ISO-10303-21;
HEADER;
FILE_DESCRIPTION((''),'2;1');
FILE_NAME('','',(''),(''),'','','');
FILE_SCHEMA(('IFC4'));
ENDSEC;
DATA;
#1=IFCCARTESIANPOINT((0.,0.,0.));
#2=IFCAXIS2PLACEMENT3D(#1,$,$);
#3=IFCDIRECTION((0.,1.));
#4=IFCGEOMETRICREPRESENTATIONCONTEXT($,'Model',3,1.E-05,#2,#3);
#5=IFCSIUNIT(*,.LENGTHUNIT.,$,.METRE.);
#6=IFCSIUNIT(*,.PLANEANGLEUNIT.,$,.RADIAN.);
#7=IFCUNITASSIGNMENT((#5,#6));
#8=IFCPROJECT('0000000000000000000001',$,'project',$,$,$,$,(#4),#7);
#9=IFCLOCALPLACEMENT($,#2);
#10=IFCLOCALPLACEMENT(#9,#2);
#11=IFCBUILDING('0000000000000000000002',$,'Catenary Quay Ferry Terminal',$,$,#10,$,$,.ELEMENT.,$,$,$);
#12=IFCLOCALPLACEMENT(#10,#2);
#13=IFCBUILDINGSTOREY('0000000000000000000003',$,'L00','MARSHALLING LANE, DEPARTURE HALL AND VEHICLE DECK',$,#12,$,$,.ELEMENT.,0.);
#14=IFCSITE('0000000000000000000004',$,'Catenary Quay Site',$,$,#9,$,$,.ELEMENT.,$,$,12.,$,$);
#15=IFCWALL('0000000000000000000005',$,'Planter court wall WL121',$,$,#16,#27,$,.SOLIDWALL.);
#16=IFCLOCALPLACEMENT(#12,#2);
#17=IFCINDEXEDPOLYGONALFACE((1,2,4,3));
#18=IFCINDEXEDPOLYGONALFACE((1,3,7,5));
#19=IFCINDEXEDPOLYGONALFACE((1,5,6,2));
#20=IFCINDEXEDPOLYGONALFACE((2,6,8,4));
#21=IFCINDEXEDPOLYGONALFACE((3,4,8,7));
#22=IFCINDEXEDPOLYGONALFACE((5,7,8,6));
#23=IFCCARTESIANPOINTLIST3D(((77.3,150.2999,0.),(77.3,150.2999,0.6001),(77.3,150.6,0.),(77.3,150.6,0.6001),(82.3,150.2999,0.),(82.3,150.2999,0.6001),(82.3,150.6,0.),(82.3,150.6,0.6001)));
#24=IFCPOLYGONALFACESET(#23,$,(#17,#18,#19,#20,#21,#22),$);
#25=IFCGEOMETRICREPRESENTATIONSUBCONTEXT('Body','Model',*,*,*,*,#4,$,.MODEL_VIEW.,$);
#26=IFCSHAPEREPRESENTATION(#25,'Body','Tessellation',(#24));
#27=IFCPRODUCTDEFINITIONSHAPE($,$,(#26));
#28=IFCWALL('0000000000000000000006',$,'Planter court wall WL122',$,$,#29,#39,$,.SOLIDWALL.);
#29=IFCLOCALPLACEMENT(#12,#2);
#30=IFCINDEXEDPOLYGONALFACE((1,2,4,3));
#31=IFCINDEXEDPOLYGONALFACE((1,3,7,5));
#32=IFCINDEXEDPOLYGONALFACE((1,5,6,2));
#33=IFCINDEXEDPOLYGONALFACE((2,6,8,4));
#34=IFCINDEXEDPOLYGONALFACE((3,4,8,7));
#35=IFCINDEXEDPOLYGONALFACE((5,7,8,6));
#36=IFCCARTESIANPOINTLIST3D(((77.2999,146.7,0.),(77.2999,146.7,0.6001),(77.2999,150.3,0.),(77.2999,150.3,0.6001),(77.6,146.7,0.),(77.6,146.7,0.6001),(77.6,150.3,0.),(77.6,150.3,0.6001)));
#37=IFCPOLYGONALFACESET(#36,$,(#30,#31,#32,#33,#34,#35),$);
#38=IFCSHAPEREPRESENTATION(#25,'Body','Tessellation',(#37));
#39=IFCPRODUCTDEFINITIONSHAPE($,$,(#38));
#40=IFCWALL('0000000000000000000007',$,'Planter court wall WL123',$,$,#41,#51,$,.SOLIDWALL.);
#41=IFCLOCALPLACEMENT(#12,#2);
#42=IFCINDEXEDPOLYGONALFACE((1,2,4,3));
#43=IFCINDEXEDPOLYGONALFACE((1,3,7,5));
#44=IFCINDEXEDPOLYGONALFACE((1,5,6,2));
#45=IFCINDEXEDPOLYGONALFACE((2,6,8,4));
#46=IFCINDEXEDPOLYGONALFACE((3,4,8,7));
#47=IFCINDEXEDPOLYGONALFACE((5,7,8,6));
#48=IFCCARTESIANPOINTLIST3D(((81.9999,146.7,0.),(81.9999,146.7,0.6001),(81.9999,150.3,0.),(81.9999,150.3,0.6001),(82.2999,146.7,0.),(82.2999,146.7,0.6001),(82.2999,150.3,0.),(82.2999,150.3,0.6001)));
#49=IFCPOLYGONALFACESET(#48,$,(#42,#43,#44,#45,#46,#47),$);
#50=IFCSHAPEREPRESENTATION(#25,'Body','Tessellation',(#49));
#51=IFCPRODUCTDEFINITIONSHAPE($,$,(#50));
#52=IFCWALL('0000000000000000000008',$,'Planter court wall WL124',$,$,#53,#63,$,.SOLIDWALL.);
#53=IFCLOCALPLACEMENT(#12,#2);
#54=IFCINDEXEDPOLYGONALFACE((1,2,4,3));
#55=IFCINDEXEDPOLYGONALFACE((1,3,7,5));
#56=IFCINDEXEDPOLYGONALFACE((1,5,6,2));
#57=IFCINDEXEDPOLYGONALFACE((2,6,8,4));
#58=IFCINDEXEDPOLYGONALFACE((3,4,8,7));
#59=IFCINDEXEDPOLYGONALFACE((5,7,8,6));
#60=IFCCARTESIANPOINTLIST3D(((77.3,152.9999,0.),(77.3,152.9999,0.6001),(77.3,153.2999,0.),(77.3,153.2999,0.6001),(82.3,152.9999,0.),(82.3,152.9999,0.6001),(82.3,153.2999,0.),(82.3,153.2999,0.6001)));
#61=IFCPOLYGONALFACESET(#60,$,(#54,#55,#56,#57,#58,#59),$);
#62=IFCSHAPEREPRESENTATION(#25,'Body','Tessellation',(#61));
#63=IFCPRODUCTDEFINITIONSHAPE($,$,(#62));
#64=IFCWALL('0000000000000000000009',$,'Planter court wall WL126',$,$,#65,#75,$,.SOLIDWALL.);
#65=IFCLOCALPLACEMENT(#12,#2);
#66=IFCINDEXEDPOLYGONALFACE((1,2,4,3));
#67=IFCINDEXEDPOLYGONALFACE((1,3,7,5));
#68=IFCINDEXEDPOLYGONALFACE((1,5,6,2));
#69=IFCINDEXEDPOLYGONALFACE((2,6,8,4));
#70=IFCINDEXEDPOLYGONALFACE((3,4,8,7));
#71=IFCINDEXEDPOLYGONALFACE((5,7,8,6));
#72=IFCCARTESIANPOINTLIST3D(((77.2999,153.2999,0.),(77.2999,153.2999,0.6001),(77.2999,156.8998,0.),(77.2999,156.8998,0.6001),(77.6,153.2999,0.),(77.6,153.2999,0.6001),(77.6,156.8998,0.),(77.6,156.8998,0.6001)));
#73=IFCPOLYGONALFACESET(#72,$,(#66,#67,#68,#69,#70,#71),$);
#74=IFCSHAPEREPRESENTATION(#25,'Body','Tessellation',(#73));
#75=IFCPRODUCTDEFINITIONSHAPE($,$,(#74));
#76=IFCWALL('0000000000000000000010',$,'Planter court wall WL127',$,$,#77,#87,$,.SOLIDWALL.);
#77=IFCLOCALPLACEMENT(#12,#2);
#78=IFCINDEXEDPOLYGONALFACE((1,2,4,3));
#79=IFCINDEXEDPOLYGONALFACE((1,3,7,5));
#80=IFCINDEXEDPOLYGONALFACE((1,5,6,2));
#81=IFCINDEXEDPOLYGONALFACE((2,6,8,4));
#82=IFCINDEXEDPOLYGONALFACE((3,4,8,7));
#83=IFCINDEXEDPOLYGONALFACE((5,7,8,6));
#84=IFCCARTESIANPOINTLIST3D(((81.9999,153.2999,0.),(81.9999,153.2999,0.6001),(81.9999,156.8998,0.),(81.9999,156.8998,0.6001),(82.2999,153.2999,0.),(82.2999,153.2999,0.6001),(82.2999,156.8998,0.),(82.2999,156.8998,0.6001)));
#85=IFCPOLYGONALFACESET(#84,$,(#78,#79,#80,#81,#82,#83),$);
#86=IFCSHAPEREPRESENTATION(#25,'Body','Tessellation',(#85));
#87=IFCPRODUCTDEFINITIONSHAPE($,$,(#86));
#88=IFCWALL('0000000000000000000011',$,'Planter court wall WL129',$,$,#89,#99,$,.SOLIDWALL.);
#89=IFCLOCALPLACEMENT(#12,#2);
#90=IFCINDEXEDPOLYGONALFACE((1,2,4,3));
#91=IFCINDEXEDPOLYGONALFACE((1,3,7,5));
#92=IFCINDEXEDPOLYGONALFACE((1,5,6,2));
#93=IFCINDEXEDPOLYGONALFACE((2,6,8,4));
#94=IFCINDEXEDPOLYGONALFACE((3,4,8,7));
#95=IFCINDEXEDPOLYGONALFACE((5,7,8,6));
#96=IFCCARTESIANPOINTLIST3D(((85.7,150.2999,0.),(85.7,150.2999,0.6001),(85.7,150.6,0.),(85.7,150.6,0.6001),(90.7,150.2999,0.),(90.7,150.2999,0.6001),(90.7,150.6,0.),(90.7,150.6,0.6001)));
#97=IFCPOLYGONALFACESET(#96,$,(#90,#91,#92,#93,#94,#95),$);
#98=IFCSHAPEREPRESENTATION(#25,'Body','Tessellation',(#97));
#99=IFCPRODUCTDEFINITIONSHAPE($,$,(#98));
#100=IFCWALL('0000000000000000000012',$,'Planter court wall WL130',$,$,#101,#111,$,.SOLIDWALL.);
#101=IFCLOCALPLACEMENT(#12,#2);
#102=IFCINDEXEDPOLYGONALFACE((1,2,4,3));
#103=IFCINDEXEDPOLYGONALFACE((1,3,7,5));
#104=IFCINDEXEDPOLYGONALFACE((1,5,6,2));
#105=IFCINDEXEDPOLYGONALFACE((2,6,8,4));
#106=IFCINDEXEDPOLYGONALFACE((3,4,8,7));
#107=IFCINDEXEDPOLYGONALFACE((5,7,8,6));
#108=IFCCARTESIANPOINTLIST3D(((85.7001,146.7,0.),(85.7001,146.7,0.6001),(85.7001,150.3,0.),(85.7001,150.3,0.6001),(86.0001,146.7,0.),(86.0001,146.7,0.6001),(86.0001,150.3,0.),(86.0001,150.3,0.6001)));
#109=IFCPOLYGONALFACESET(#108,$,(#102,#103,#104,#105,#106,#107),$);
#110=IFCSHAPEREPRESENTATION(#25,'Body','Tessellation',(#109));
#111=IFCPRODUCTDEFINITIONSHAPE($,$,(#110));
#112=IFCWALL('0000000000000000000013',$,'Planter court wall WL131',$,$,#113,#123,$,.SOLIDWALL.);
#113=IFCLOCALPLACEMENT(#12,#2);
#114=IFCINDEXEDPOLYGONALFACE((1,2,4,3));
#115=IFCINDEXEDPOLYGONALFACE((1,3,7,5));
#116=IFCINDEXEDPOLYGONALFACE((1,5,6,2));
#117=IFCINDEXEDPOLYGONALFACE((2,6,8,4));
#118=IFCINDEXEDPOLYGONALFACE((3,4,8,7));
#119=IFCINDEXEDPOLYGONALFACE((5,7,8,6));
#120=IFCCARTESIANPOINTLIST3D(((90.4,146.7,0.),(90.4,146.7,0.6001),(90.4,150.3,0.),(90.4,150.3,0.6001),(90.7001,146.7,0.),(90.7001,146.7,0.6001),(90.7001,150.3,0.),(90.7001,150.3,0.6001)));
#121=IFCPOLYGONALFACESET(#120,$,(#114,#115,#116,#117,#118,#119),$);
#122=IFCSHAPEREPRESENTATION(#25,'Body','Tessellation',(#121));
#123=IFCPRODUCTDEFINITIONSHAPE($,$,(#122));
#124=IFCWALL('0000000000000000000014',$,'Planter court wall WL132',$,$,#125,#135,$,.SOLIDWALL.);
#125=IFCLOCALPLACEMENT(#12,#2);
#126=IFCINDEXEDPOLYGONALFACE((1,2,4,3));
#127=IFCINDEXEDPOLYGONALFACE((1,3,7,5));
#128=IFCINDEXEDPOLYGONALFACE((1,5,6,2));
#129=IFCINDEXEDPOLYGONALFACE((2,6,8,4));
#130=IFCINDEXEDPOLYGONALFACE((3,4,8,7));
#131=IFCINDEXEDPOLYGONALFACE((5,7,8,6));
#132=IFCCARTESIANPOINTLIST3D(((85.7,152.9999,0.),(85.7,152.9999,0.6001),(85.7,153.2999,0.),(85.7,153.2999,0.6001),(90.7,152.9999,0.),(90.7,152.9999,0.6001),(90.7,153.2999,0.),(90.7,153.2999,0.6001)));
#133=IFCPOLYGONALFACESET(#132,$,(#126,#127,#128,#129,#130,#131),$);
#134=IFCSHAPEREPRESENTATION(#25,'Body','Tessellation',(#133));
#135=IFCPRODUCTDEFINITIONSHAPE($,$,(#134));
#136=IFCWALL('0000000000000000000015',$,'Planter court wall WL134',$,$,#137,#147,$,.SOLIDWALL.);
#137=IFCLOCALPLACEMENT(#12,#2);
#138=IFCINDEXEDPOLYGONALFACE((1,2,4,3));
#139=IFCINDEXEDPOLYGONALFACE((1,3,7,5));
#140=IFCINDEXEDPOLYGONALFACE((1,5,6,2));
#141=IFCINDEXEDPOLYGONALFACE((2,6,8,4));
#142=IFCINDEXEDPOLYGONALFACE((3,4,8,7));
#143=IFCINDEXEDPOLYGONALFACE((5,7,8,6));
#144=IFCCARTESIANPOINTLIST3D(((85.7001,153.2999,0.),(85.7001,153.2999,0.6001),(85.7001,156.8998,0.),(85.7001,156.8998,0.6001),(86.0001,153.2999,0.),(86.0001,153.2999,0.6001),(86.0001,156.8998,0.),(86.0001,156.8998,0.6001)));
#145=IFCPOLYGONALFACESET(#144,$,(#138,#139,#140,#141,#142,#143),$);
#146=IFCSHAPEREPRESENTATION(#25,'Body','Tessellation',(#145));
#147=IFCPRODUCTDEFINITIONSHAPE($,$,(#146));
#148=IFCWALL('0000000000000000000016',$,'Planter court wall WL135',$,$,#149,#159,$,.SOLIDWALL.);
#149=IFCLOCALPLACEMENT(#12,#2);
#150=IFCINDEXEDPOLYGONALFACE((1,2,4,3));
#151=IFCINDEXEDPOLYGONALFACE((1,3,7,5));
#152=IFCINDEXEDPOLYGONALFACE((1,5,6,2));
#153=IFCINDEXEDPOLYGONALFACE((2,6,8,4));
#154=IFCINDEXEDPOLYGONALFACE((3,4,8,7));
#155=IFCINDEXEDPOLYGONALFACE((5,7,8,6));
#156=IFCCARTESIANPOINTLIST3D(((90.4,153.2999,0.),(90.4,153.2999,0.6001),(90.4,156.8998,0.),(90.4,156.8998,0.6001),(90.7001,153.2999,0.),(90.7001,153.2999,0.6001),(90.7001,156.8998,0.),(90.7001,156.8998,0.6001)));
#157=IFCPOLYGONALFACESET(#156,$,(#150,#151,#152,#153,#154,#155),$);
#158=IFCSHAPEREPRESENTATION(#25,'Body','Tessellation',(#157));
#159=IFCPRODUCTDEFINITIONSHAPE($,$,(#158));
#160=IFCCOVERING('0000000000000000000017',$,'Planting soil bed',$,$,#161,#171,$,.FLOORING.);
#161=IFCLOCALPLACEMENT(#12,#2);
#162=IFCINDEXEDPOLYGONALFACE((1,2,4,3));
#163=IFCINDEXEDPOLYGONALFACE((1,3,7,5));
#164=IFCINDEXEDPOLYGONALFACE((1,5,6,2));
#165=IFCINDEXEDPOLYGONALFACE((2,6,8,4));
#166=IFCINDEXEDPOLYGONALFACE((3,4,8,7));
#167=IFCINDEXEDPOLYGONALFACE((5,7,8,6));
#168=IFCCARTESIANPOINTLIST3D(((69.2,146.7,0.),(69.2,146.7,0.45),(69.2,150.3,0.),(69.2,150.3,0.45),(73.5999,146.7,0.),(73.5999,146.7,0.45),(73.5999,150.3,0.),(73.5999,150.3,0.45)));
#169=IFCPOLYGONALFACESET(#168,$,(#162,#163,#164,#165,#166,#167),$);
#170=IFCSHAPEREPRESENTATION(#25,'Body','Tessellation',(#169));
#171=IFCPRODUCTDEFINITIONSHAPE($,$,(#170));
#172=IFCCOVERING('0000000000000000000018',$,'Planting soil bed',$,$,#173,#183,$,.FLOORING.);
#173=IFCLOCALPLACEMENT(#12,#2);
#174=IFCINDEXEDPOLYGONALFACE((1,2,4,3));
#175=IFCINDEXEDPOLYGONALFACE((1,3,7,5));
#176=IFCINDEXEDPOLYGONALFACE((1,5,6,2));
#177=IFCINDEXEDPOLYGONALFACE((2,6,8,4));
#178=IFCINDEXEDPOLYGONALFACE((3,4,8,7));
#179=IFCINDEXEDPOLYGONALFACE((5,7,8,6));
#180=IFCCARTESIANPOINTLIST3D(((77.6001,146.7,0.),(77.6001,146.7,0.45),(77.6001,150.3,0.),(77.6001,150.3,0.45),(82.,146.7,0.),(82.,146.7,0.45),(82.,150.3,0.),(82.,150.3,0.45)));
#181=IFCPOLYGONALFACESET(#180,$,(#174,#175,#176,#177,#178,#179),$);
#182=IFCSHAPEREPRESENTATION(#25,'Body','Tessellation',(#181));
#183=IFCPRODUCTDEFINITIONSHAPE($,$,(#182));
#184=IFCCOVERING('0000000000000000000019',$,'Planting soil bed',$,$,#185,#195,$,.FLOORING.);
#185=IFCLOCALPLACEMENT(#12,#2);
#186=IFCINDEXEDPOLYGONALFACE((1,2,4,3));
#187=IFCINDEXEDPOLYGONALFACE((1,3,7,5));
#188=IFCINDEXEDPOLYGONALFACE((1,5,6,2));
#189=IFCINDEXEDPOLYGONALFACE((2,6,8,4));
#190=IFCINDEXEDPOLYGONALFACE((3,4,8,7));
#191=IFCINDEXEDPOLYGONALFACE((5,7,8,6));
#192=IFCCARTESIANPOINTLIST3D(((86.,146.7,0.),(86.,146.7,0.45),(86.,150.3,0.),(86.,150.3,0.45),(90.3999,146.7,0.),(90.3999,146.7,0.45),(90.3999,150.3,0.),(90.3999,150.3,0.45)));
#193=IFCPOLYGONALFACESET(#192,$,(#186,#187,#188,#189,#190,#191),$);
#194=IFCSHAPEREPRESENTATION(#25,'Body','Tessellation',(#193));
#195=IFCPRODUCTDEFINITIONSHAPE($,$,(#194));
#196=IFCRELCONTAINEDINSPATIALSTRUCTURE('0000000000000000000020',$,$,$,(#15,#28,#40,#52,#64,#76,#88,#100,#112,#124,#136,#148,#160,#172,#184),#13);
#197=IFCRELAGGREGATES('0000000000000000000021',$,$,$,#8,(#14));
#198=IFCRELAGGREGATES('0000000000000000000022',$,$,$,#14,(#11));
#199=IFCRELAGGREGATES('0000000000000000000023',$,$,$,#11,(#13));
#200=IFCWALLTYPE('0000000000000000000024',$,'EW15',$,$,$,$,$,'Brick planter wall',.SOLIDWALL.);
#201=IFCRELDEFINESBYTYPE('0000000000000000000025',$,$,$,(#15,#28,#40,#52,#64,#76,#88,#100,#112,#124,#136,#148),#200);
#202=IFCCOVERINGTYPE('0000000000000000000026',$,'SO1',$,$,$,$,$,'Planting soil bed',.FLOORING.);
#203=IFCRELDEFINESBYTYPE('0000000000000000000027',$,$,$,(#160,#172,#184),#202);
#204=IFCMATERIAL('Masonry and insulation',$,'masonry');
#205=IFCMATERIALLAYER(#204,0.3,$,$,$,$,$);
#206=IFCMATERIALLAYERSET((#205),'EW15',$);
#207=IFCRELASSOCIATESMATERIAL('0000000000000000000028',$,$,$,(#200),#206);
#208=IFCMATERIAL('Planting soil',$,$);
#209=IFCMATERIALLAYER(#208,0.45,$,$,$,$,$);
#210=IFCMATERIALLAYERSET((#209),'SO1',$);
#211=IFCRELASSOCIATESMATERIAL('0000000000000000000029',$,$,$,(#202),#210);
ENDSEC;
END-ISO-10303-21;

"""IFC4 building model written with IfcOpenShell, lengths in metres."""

from ifc_helpers import new_model, si_unit, direction, frame, frame_2d, origin, origin_2d, place, context, subcontext, project, spatial, rectangle, extrude, material, layer, layer_set, type_object, element, save


model = new_model("IFC4")

# Units and contexts
model_context = context("Model", 3, precision=1e-05, world=origin(), true_north=direction((0.0, 1.0)))
body_context = subcontext(model_context, "Body", "Model", "MODEL_VIEW")
ifc_project = project(units=[si_unit("LENGTHUNIT", "METRE"), si_unit("PLANEANGLEUNIT", "RADIAN")], contexts=[model_context])

# Site, building, storey
site_placement = place(None, origin())
site = spatial("IfcSite", under=ifc_project, at=site_placement, Name="Catenary Quay Site", CompositionType="ELEMENT", RefElevation=12.0)
building_placement = place(site_placement, origin())
building = spatial("IfcBuilding", under=site, at=building_placement, Name="Catenary Quay Ferry Terminal", CompositionType="ELEMENT")
storey_placement = place(building_placement, origin())
storey = spatial("IfcBuildingStorey", under=building, at=storey_placement, Name="L00", Description="MARSHALLING LANE, DEPARTURE HALL AND VEHICLE DECK", CompositionType="ELEMENT", Elevation=0.0)

# Walls
ifc_material_1 = material(Name="Masonry and insulation", Category="masonry")
ifc_layer_1 = layer(ifc_material_1, 0.3)
ifc_layer_set_1 = layer_set([ifc_layer_1], Name="EW15")
wall_type = type_object("IfcWallType", Name="EW15", ElementType="Brick planter wall", PredefinedType="SOLIDWALL", material=ifc_layer_set_1)
wall_1_placement = place(storey_placement, frame((77.3, 150.45, 0.0), z_axis=(0.0, 0.0, 1.0), x_axis=(1.0, 0.0, 0.0)))
element("IfcWall", 1, at=wall_1_placement, inside=storey, type_object=wall_type, Name="Planter court wall WL121", PredefinedType="SOLIDWALL", context=body_context, shape_type="SweptSolid", body=[
    extrude(rectangle(XDim=5.0, YDim=0.3, at=frame_2d((2.5, 0.0))), origin(), (0.0, 0.0, 1.0), 0.6001),
])
for number, where, z_axis, x_axis, name in (
    (2, (77.45, 146.7, 0.0), (0.0, 0.0, 1.0), (0.0, 1.0, 0.0), "Planter court wall WL122"),
    (3, (82.1499, 146.7, 0.0), (0.0, 0.0, 1.0), (0.0, 1.0, 0.0), "Planter court wall WL123"),
):
    element("IfcWall", number, at=place(storey_placement, frame(where, z_axis=z_axis, x_axis=x_axis)), inside=storey, type_object=wall_type, Name=name, PredefinedType="SOLIDWALL", context=body_context, shape_type="SweptSolid", body=[
        extrude(rectangle(XDim=3.6001, YDim=0.3, at=frame_2d((1.8, 0.0))), origin(), (0.0, 0.0, 1.0), 0.6001),
    ])
wall_2_placement = place(storey_placement, frame((77.3, 153.1499, 0.0), z_axis=(0.0, 0.0, 1.0), x_axis=(1.0, 0.0, 0.0)))
element("IfcWall", 4, at=wall_2_placement, inside=storey, type_object=wall_type, Name="Planter court wall WL124", PredefinedType="SOLIDWALL", context=body_context, shape_type="SweptSolid", body=[
    extrude(rectangle(XDim=5.0, YDim=0.3, at=frame_2d((2.5, 0.0))), origin(), (0.0, 0.0, 1.0), 0.6001),
])
for number, where, z_axis, x_axis, name in (
    (5, (77.45, 153.3, 0.0), (0.0, 0.0, 1.0), (0.0, 1.0, 0.0), "Planter court wall WL126"),
    (6, (82.1499, 153.3, 0.0), (0.0, 0.0, 1.0), (0.0, 1.0, 0.0), "Planter court wall WL127"),
):
    element("IfcWall", number, at=place(storey_placement, frame(where, z_axis=z_axis, x_axis=x_axis)), inside=storey, type_object=wall_type, Name=name, PredefinedType="SOLIDWALL", context=body_context, shape_type="SweptSolid", body=[
        extrude(rectangle(XDim=3.5999, YDim=0.3, at=frame_2d((1.7998, 0.0))), origin(), (0.0, 0.0, 1.0), 0.6001),
    ])
wall_3_placement = place(storey_placement, frame((85.7, 150.45, 0.0), z_axis=(0.0, 0.0, 1.0), x_axis=(1.0, 0.0, 0.0)))
element("IfcWall", 7, at=wall_3_placement, inside=storey, type_object=wall_type, Name="Planter court wall WL129", PredefinedType="SOLIDWALL", context=body_context, shape_type="SweptSolid", body=[
    extrude(rectangle(XDim=5.0, YDim=0.3, at=frame_2d((2.5, 0.0))), origin(), (0.0, 0.0, 1.0), 0.6001),
])
for number, where, z_axis, x_axis, name in (
    (8, (85.8501, 146.7, 0.0), (0.0, 0.0, 1.0), (0.0, 1.0, 0.0), "Planter court wall WL130"),
    (9, (90.55, 146.7, 0.0), (0.0, 0.0, 1.0), (0.0, 1.0, 0.0), "Planter court wall WL131"),
):
    element("IfcWall", number, at=place(storey_placement, frame(where, z_axis=z_axis, x_axis=x_axis)), inside=storey, type_object=wall_type, Name=name, PredefinedType="SOLIDWALL", context=body_context, shape_type="SweptSolid", body=[
        extrude(rectangle(XDim=3.6001, YDim=0.3, at=frame_2d((1.8, 0.0))), origin(), (0.0, 0.0, 1.0), 0.6001),
    ])
wall_4_placement = place(storey_placement, frame((85.7, 153.1499, 0.0), z_axis=(0.0, 0.0, 1.0), x_axis=(1.0, 0.0, 0.0)))
element("IfcWall", 10, at=wall_4_placement, inside=storey, type_object=wall_type, Name="Planter court wall WL132", PredefinedType="SOLIDWALL", context=body_context, shape_type="SweptSolid", body=[
    extrude(rectangle(XDim=5.0, YDim=0.3, at=frame_2d((2.5, 0.0))), origin(), (0.0, 0.0, 1.0), 0.6001),
])
for number, where, z_axis, x_axis, name in (
    (11, (85.8501, 153.3, 0.0), (0.0, 0.0, 1.0), (0.0, 1.0, 0.0), "Planter court wall WL134"),
    (12, (90.55, 153.3, 0.0), (0.0, 0.0, 1.0), (0.0, 1.0, 0.0), "Planter court wall WL135"),
):
    element("IfcWall", number, at=place(storey_placement, frame(where, z_axis=z_axis, x_axis=x_axis)), inside=storey, type_object=wall_type, Name=name, PredefinedType="SOLIDWALL", context=body_context, shape_type="SweptSolid", body=[
        extrude(rectangle(XDim=3.5999, YDim=0.3, at=frame_2d((1.7998, 0.0))), origin(), (0.0, 0.0, 1.0), 0.6001),
    ])

# Coverings
ifc_material_2 = material(Name="Planting soil")
ifc_layer_2 = layer(ifc_material_2, 0.45)
ifc_layer_set_2 = layer_set([ifc_layer_2], Name="SO1")
covering_type = type_object("IfcCoveringType", Name="SO1", ElementType="Planting soil bed", PredefinedType="FLOORING", material=ifc_layer_set_2)
for number, where, z_axis, x_axis, name in (
    (13, (71.3999, 148.5, 0.0), (0.0, 0.0, 1.0), (1.0, 0.0, 0.0), "Planting soil bed"),
    (14, (79.8, 148.5, 0.0), (0.0, 0.0, 1.0), (1.0, 0.0, 0.0), "Planting soil bed"),
    (15, (88.2, 148.5, 0.0), (0.0, 0.0, 1.0), (1.0, 0.0, 0.0), "Planting soil bed"),
):
    element("IfcCovering", number, at=place(storey_placement, frame(where, z_axis=z_axis, x_axis=x_axis)), inside=storey, type_object=covering_type, Name=name, PredefinedType="FLOORING", context=body_context, shape_type="SweptSolid", body=[
        extrude(rectangle(XDim=4.3999, YDim=3.6001, at=origin_2d()), origin(), (0.0, 0.0, 1.0), 0.45),
    ])

save(model, "model.ifc")
